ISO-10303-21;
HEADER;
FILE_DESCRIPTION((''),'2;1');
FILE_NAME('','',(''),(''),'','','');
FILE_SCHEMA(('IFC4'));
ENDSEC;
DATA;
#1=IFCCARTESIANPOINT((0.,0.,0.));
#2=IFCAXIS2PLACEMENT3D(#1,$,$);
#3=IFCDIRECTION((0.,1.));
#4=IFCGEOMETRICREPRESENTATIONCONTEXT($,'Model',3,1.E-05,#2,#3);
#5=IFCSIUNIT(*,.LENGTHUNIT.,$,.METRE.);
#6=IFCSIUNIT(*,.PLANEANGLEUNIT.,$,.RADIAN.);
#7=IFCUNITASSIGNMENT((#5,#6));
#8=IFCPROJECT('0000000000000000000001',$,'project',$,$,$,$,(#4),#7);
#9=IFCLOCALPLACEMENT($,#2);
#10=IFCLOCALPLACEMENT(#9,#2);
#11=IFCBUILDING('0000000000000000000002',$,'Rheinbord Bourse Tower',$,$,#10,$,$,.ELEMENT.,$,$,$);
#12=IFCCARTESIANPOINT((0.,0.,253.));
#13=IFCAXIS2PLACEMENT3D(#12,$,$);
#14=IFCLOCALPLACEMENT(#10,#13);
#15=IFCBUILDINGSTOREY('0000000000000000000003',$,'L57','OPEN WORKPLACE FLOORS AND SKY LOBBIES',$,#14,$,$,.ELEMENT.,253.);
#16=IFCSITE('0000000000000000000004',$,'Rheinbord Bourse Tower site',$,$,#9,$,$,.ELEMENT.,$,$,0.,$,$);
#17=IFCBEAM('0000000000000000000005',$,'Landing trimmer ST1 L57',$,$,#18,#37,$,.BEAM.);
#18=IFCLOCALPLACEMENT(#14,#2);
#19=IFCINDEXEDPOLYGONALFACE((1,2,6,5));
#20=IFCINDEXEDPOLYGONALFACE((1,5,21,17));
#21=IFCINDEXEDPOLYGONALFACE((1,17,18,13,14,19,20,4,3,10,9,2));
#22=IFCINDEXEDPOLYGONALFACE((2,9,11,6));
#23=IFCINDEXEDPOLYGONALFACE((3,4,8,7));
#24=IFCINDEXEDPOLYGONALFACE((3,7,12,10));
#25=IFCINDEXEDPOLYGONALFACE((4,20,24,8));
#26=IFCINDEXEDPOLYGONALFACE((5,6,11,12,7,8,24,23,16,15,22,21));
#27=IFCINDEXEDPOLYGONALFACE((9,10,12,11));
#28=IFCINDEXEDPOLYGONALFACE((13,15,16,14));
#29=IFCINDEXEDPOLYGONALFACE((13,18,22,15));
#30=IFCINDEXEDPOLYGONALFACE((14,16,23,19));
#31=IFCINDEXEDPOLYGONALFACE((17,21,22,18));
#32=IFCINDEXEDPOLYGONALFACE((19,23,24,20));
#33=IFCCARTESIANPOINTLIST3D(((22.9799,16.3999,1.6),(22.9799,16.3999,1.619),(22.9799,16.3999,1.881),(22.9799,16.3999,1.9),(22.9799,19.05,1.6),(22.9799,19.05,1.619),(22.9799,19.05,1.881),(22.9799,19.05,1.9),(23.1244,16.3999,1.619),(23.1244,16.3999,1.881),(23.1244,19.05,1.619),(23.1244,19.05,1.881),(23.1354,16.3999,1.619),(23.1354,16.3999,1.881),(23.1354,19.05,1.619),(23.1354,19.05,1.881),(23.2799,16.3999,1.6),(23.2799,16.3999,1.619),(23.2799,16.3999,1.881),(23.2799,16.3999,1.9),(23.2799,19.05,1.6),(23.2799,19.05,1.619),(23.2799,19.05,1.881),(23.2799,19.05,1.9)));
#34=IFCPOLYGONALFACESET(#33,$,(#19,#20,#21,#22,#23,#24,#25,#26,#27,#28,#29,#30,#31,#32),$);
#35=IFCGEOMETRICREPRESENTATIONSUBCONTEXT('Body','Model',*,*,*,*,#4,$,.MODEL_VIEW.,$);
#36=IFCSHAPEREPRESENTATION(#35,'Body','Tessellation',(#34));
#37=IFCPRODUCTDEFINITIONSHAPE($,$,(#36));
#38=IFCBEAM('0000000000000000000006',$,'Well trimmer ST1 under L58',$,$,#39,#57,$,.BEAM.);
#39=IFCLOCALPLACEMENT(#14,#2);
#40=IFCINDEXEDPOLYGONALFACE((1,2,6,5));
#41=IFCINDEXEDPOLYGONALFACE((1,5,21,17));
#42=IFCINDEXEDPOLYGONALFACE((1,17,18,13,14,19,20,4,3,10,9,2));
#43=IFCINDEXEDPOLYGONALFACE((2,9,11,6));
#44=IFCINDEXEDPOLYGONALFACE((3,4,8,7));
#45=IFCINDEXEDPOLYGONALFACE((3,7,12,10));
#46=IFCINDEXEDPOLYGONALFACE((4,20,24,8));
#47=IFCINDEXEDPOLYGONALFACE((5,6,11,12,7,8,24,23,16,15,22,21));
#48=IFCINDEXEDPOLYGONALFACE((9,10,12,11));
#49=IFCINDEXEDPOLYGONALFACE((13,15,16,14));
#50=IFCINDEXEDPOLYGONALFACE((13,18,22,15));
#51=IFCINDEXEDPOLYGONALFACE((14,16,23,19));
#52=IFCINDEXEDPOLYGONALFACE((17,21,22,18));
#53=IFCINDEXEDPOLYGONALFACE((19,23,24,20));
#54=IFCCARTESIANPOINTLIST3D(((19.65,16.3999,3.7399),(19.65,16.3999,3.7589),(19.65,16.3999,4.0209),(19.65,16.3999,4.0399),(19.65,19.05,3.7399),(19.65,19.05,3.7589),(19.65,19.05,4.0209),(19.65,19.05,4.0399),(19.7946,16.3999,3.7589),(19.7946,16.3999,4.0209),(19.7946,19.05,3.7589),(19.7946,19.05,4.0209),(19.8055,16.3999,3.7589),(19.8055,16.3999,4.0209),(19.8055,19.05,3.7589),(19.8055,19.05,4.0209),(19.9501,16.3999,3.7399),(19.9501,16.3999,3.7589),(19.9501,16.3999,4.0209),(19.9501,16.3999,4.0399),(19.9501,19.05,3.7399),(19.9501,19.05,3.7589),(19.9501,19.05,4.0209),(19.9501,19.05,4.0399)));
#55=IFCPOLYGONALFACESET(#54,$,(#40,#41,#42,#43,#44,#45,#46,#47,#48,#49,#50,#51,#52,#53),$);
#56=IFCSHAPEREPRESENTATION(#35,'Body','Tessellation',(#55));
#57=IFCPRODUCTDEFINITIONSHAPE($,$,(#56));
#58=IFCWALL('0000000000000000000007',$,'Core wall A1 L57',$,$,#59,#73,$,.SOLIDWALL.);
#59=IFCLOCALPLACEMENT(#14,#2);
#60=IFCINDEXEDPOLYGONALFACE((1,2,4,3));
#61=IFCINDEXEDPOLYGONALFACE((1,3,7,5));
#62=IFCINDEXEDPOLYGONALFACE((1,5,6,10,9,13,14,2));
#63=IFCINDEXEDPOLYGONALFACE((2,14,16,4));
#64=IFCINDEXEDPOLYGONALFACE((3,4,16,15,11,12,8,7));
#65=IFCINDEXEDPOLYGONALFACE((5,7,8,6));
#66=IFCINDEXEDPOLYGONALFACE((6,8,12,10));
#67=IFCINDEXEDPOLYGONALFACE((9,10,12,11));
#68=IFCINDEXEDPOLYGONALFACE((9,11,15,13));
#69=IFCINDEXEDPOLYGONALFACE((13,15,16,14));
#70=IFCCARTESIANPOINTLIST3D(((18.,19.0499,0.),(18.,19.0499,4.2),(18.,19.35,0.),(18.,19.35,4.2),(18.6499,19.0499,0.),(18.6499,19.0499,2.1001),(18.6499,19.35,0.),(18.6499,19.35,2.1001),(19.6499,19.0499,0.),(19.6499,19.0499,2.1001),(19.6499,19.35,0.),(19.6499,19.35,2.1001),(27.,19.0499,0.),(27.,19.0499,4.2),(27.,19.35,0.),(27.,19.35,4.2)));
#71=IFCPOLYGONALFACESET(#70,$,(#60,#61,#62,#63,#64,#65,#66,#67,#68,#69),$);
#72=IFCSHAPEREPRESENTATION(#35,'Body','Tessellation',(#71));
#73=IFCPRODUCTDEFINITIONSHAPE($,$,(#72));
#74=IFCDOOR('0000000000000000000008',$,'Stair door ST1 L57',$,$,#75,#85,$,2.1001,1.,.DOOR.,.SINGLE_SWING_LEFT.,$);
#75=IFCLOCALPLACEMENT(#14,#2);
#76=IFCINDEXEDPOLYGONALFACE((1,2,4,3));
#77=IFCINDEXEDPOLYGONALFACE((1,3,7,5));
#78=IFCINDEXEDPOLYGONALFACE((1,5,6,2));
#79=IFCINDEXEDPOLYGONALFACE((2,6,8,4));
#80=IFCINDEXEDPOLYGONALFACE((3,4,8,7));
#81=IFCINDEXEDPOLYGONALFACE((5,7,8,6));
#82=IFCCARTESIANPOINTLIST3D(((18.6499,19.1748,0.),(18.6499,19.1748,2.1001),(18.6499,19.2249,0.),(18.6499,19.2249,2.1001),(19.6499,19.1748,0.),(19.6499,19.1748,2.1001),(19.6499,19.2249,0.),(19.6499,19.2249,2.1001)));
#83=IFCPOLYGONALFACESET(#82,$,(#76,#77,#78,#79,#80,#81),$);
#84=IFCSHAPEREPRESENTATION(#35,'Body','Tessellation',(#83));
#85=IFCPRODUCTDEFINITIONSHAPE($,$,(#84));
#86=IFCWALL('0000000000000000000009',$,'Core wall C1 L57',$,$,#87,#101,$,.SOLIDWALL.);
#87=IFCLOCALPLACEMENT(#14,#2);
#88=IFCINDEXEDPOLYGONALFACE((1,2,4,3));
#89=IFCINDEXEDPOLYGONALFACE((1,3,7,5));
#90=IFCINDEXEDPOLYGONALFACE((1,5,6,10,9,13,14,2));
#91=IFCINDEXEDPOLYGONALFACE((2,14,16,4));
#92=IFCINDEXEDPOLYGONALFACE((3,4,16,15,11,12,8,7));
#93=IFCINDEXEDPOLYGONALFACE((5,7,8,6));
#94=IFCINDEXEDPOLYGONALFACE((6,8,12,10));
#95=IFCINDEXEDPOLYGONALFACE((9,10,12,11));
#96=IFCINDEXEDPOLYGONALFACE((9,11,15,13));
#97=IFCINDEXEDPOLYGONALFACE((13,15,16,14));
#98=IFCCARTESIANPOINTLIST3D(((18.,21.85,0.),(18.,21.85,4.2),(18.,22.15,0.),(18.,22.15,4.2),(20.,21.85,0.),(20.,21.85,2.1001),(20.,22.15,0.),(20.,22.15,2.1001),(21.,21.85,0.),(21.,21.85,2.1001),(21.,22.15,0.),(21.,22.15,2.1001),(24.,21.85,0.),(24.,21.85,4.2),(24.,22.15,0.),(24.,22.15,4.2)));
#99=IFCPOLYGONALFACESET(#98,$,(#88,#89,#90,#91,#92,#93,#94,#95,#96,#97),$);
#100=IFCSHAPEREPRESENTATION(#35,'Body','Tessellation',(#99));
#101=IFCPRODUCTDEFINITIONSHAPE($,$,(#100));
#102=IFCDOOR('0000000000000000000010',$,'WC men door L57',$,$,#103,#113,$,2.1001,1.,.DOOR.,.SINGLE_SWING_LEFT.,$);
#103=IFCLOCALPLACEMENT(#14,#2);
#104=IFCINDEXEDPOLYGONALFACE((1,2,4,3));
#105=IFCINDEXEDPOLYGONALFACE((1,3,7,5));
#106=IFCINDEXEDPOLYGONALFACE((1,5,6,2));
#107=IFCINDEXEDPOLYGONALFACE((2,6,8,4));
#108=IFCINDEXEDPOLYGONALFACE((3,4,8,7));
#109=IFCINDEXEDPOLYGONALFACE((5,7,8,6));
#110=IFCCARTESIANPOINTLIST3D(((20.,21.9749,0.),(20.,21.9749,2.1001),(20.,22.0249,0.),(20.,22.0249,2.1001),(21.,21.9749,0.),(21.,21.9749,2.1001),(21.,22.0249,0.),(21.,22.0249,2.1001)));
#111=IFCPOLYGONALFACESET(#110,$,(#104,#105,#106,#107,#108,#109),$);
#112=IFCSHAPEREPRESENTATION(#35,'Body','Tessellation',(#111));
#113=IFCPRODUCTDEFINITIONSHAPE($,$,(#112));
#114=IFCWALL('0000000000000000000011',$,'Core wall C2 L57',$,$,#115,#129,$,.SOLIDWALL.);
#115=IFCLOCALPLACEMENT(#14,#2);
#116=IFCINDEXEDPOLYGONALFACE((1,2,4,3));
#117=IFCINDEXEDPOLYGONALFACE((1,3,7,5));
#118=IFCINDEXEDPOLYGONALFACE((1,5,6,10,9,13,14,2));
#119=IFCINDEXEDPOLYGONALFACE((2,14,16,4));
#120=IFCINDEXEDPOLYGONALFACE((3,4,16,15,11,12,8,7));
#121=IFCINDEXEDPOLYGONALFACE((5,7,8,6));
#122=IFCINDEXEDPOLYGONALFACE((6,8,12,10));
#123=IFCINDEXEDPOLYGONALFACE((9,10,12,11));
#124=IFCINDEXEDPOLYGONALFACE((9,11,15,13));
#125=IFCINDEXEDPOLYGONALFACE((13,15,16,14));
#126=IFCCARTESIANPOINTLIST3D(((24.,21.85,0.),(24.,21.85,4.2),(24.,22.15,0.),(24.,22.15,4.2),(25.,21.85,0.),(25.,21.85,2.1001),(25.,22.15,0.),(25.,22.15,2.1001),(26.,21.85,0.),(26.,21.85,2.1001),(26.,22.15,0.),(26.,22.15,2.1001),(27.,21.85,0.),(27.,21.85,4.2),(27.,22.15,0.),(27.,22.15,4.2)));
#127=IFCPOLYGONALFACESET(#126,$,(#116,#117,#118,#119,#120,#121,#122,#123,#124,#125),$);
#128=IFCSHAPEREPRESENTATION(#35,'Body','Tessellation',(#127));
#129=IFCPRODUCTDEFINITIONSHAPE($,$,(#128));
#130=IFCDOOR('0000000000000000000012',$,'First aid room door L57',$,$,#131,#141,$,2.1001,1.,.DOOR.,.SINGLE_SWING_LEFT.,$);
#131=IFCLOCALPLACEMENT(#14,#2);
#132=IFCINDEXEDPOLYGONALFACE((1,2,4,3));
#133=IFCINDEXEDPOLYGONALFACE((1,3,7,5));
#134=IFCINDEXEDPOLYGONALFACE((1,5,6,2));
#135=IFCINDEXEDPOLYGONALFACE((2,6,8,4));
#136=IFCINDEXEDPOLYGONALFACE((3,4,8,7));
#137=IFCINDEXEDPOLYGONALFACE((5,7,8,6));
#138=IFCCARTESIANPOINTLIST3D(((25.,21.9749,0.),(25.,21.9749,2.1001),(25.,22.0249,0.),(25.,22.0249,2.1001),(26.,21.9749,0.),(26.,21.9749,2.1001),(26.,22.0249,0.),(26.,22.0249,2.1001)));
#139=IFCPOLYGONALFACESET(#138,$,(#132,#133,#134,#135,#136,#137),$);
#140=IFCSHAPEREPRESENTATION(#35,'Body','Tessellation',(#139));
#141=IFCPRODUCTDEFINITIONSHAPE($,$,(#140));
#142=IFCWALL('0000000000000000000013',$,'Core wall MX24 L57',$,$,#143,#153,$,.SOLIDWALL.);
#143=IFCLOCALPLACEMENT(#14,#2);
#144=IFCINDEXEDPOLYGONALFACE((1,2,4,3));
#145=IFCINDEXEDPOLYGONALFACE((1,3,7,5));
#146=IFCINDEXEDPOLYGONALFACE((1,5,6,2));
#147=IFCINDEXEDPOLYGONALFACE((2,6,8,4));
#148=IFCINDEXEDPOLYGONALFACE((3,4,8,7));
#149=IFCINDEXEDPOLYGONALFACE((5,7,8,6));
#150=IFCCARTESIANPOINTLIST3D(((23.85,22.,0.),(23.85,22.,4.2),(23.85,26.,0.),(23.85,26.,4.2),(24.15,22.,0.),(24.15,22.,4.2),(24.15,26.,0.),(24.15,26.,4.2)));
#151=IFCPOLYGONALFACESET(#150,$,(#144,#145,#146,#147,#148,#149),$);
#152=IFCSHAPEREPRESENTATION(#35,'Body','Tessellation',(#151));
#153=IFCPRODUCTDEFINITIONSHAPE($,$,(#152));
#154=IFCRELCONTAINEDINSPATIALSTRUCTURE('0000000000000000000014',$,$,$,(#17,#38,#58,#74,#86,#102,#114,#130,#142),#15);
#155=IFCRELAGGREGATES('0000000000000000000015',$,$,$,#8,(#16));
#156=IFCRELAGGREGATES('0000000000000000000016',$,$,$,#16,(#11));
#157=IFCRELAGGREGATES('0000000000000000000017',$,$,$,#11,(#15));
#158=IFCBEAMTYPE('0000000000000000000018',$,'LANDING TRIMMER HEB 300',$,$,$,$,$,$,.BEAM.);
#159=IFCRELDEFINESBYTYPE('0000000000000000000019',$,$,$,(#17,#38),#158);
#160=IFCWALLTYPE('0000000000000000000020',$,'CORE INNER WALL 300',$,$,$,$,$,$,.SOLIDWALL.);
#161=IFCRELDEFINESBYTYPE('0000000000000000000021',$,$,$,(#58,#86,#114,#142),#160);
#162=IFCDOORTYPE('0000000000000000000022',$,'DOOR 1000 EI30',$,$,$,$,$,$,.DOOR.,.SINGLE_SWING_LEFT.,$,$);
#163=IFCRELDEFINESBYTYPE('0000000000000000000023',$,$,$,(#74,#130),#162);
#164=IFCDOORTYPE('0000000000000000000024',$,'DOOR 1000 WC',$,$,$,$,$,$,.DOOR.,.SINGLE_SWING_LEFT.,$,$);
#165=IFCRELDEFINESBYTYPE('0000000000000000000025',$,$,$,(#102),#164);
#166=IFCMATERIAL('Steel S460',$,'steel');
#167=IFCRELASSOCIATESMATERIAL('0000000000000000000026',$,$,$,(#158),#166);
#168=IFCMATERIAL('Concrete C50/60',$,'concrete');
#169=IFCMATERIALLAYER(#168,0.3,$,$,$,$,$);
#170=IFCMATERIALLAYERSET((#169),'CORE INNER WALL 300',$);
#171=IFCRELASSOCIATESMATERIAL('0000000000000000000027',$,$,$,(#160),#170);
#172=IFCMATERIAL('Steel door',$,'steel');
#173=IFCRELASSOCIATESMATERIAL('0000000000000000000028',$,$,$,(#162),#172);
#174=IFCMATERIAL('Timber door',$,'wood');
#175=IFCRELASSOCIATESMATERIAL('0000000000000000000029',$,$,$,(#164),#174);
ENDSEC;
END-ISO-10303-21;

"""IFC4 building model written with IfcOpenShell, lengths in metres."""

from ifc_helpers import new_model, si_unit, direction, frame, frame_2d, origin, origin_2d, place, context, subcontext, project, spatial, rectangle, i_section, extrude, material, layer, layer_set, material_profile, profile_set, type_object, element, fill, save


model = new_model("IFC4")

# Units and contexts
model_context = context("Model", 3, precision=1e-05, world=origin(), true_north=direction((0.0, 1.0)))
body_context = subcontext(model_context, "Body", "Model", "MODEL_VIEW")
ifc_project = project(units=[si_unit("LENGTHUNIT", "METRE"), si_unit("PLANEANGLEUNIT", "RADIAN")], contexts=[model_context])

# Site, building, storey
site_placement = place(None, origin())
site = spatial("IfcSite", under=ifc_project, at=site_placement, Name="Rheinbord Bourse Tower site", CompositionType="ELEMENT", RefElevation=0.0)
building_placement = place(site_placement, origin())
building = spatial("IfcBuilding", under=site, at=building_placement, Name="Rheinbord Bourse Tower", CompositionType="ELEMENT")
storey_placement = place(building_placement, frame((0.0, 0.0, 253.0)))
storey = spatial("IfcBuildingStorey", under=building, at=storey_placement, Name="L57", Description="OPEN WORKPLACE FLOORS AND SKY LOBBIES", CompositionType="ELEMENT", Elevation=253.0)

# Beams
ifc_material_1 = material(Name="Steel S460", Category="steel")
ifc_material_profile = material_profile(ifc_material_1, i_section(OverallWidth=0.3, OverallDepth=0.3, WebThickness=0.011, FlangeThickness=0.019, at=origin_2d()), Name="HEB 300")
ifc_profile_set = profile_set([ifc_material_profile], Name="Steel S460")
beam_type = type_object("IfcBeamType", Name="LANDING TRIMMER HEB 300", PredefinedType="BEAM", material=ifc_profile_set)
for number, where, z_axis, x_axis, name in (
    (1, (23.1299, 16.3999, 1.75), (0.0, 1.0, 0.0), (-1.0, 0.0, 0.0), "Landing trimmer ST1 L57"),
    (2, (19.8, 16.3999, 3.8899), (0.0, 1.0, 0.0), (-1.0, 0.0, 0.0), "Well trimmer ST1 under L58"),
):
    element("IfcBeam", number, at=place(storey_placement, frame(where, z_axis=z_axis, x_axis=x_axis)), inside=storey, type_object=beam_type, Name=name, PredefinedType="BEAM", context=body_context, shape_type="SweptSolid", body=[
        extrude(i_section(OverallWidth=0.3, OverallDepth=0.3, WebThickness=0.011, FlangeThickness=0.019, at=origin_2d()), origin(), (0.0, 0.0, 1.0), 2.6501),
    ])

# Walls, openings, doors
ifc_material_2 = material(Name="Concrete C50/60", Category="concrete")
ifc_layer_1 = layer(ifc_material_2, 0.3)
ifc_layer_set_1 = layer_set([ifc_layer_1], Name="CORE INNER WALL 300")
wall_type_1 = type_object("IfcWallType", Name="CORE INNER WALL 300", PredefinedType="SOLIDWALL", material=ifc_layer_set_1)
wall_1_placement = place(storey_placement, frame((18.0, 19.2, 0.0), z_axis=(0.0, 0.0, 1.0), x_axis=(1.0, 0.0, 0.0)))
wall_1 = element("IfcWall", 3, at=wall_1_placement, inside=storey, type_object=wall_type_1, Name="Core wall A1 L57", PredefinedType="SOLIDWALL", context=body_context, shape_type="SweptSolid", body=[
    extrude(rectangle(XDim=9.0, YDim=0.3, at=frame_2d((4.5, 0.0))), origin(), (0.0, 0.0, 1.0), 4.2),
])
opening_1_placement = place(wall_1_placement, frame((0.6499, 0.0, 0.0)))
opening_1 = element("IfcOpeningElement", 4, at=opening_1_placement, cuts=wall_1, PredefinedType="OPENING", context=body_context, shape_type="SweptSolid", body=[
    extrude(rectangle(XDim=1.0, YDim=2.1001, at=frame_2d((0.5, 1.05))), frame((0.0, 0.1599, 0.0), z_axis=(0.0, -1.0, 0.0), x_axis=(1.0, 0.0, 0.0)), (0.0, 0.0, 1.0), 0.3201),
])
ifc_material_3 = material(Name="Steel door", Category="steel")
door_type_1 = type_object("IfcDoorType", Name="DOOR 1000 EI30", OperationType="SINGLE_SWING_LEFT", PredefinedType="DOOR", material=ifc_material_3)
door_1_placement = place(opening_1_placement, origin())
door_1 = element("IfcDoor", 5, at=door_1_placement, inside=storey, type_object=door_type_1, Name="Stair door ST1 L57", OperationType="SINGLE_SWING_LEFT", OverallHeight=2.1001, OverallWidth=1.0, PredefinedType="DOOR", context=body_context, shape_type="SweptSolid", body=[
    extrude(rectangle(XDim=1.0, YDim=2.1001, at=frame_2d((0.5, 1.05))), frame((0.0, 0.0249, 0.0), z_axis=(0.0, -1.0, 0.0), x_axis=(1.0, 0.0, 0.0)), (0.0, 0.0, 1.0), 0.05),
])
fill(opening_1, door_1)
wall_2_placement = place(storey_placement, frame((18.0, 22.0, 0.0), z_axis=(0.0, 0.0, 1.0), x_axis=(1.0, 0.0, 0.0)))
wall_2 = element("IfcWall", 6, at=wall_2_placement, inside=storey, type_object=wall_type_1, Name="Core wall C1 L57", PredefinedType="SOLIDWALL", context=body_context, shape_type="SweptSolid", body=[
    extrude(rectangle(XDim=6.0, YDim=0.3, at=frame_2d((3.0, 0.0))), origin(), (0.0, 0.0, 1.0), 4.2),
])
opening_2_placement = place(wall_2_placement, frame((2.0, 0.0, 0.0)))
opening_2 = element("IfcOpeningElement", 7, at=opening_2_placement, cuts=wall_2, PredefinedType="OPENING", context=body_context, shape_type="SweptSolid", body=[
    extrude(rectangle(XDim=1.0, YDim=2.1001, at=frame_2d((0.5, 1.05))), frame((0.0, 0.1599, 0.0), z_axis=(0.0, -1.0, 0.0), x_axis=(1.0, 0.0, 0.0)), (0.0, 0.0, 1.0), 0.3201),
])
ifc_material_4 = material(Name="Timber door", Category="wood")
door_type_2 = type_object("IfcDoorType", Name="DOOR 1000 WC", OperationType="SINGLE_SWING_LEFT", PredefinedType="DOOR", material=ifc_material_4)
door_2_placement = place(opening_2_placement, origin())
door_2 = element("IfcDoor", 8, at=door_2_placement, inside=storey, type_object=door_type_2, Name="WC men door L57", OperationType="SINGLE_SWING_LEFT", OverallHeight=2.1001, OverallWidth=1.0, PredefinedType="DOOR", context=body_context, shape_type="SweptSolid", body=[
    extrude(rectangle(XDim=1.0, YDim=2.1001, at=frame_2d((0.5, 1.05))), frame((0.0, 0.0249, 0.0), z_axis=(0.0, -1.0, 0.0), x_axis=(1.0, 0.0, 0.0)), (0.0, 0.0, 1.0), 0.05),
])
fill(opening_2, door_2)
wall_3_placement = place(storey_placement, frame((24.0, 22.0, 0.0), z_axis=(0.0, 0.0, 1.0), x_axis=(1.0, 0.0, 0.0)))
wall_3 = element("IfcWall", 9, at=wall_3_placement, inside=storey, type_object=wall_type_1, Name="Core wall C2 L57", PredefinedType="SOLIDWALL", context=body_context, shape_type="SweptSolid", body=[
    extrude(rectangle(XDim=3.0, YDim=0.3, at=frame_2d((1.5, 0.0))), origin(), (0.0, 0.0, 1.0), 4.2),
])
opening_3_placement = place(wall_3_placement, frame((1.0, 0.0, 0.0)))
opening_3 = element("IfcOpeningElement", 10, at=opening_3_placement, cuts=wall_3, PredefinedType="OPENING", context=body_context, shape_type="SweptSolid", body=[
    extrude(rectangle(XDim=1.0, YDim=2.1001, at=frame_2d((0.5, 1.05))), frame((0.0, 0.1599, 0.0), z_axis=(0.0, -1.0, 0.0), x_axis=(1.0, 0.0, 0.0)), (0.0, 0.0, 1.0), 0.3201),
])
door_3_placement = place(opening_3_placement, origin())
door_3 = element("IfcDoor", 11, at=door_3_placement, inside=storey, type_object=door_type_1, Name="First aid room door L57", OperationType="SINGLE_SWING_LEFT", OverallHeight=2.1001, OverallWidth=1.0, PredefinedType="DOOR", context=body_context, shape_type="SweptSolid", body=[
    extrude(rectangle(XDim=1.0, YDim=2.1001, at=frame_2d((0.5, 1.05))), frame((0.0, 0.0249, 0.0), z_axis=(0.0, -1.0, 0.0), x_axis=(1.0, 0.0, 0.0)), (0.0, 0.0, 1.0), 0.05),
])
fill(opening_3, door_3)

# Wall
wall_4_placement = place(storey_placement, frame((24.0, 22.0, 0.0), z_axis=(0.0, 0.0, 1.0), x_axis=(0.0, 1.0, 0.0)))
element("IfcWall", 12, at=wall_4_placement, inside=storey, type_object=wall_type_1, Name="Core wall MX24 L57", PredefinedType="SOLIDWALL", context=body_context, shape_type="SweptSolid", body=[
    extrude(rectangle(XDim=4.0, YDim=0.3, at=frame_2d((2.0, 0.0))), origin(), (0.0, 0.0, 1.0), 4.2),
])

save(model, "model.ifc")
